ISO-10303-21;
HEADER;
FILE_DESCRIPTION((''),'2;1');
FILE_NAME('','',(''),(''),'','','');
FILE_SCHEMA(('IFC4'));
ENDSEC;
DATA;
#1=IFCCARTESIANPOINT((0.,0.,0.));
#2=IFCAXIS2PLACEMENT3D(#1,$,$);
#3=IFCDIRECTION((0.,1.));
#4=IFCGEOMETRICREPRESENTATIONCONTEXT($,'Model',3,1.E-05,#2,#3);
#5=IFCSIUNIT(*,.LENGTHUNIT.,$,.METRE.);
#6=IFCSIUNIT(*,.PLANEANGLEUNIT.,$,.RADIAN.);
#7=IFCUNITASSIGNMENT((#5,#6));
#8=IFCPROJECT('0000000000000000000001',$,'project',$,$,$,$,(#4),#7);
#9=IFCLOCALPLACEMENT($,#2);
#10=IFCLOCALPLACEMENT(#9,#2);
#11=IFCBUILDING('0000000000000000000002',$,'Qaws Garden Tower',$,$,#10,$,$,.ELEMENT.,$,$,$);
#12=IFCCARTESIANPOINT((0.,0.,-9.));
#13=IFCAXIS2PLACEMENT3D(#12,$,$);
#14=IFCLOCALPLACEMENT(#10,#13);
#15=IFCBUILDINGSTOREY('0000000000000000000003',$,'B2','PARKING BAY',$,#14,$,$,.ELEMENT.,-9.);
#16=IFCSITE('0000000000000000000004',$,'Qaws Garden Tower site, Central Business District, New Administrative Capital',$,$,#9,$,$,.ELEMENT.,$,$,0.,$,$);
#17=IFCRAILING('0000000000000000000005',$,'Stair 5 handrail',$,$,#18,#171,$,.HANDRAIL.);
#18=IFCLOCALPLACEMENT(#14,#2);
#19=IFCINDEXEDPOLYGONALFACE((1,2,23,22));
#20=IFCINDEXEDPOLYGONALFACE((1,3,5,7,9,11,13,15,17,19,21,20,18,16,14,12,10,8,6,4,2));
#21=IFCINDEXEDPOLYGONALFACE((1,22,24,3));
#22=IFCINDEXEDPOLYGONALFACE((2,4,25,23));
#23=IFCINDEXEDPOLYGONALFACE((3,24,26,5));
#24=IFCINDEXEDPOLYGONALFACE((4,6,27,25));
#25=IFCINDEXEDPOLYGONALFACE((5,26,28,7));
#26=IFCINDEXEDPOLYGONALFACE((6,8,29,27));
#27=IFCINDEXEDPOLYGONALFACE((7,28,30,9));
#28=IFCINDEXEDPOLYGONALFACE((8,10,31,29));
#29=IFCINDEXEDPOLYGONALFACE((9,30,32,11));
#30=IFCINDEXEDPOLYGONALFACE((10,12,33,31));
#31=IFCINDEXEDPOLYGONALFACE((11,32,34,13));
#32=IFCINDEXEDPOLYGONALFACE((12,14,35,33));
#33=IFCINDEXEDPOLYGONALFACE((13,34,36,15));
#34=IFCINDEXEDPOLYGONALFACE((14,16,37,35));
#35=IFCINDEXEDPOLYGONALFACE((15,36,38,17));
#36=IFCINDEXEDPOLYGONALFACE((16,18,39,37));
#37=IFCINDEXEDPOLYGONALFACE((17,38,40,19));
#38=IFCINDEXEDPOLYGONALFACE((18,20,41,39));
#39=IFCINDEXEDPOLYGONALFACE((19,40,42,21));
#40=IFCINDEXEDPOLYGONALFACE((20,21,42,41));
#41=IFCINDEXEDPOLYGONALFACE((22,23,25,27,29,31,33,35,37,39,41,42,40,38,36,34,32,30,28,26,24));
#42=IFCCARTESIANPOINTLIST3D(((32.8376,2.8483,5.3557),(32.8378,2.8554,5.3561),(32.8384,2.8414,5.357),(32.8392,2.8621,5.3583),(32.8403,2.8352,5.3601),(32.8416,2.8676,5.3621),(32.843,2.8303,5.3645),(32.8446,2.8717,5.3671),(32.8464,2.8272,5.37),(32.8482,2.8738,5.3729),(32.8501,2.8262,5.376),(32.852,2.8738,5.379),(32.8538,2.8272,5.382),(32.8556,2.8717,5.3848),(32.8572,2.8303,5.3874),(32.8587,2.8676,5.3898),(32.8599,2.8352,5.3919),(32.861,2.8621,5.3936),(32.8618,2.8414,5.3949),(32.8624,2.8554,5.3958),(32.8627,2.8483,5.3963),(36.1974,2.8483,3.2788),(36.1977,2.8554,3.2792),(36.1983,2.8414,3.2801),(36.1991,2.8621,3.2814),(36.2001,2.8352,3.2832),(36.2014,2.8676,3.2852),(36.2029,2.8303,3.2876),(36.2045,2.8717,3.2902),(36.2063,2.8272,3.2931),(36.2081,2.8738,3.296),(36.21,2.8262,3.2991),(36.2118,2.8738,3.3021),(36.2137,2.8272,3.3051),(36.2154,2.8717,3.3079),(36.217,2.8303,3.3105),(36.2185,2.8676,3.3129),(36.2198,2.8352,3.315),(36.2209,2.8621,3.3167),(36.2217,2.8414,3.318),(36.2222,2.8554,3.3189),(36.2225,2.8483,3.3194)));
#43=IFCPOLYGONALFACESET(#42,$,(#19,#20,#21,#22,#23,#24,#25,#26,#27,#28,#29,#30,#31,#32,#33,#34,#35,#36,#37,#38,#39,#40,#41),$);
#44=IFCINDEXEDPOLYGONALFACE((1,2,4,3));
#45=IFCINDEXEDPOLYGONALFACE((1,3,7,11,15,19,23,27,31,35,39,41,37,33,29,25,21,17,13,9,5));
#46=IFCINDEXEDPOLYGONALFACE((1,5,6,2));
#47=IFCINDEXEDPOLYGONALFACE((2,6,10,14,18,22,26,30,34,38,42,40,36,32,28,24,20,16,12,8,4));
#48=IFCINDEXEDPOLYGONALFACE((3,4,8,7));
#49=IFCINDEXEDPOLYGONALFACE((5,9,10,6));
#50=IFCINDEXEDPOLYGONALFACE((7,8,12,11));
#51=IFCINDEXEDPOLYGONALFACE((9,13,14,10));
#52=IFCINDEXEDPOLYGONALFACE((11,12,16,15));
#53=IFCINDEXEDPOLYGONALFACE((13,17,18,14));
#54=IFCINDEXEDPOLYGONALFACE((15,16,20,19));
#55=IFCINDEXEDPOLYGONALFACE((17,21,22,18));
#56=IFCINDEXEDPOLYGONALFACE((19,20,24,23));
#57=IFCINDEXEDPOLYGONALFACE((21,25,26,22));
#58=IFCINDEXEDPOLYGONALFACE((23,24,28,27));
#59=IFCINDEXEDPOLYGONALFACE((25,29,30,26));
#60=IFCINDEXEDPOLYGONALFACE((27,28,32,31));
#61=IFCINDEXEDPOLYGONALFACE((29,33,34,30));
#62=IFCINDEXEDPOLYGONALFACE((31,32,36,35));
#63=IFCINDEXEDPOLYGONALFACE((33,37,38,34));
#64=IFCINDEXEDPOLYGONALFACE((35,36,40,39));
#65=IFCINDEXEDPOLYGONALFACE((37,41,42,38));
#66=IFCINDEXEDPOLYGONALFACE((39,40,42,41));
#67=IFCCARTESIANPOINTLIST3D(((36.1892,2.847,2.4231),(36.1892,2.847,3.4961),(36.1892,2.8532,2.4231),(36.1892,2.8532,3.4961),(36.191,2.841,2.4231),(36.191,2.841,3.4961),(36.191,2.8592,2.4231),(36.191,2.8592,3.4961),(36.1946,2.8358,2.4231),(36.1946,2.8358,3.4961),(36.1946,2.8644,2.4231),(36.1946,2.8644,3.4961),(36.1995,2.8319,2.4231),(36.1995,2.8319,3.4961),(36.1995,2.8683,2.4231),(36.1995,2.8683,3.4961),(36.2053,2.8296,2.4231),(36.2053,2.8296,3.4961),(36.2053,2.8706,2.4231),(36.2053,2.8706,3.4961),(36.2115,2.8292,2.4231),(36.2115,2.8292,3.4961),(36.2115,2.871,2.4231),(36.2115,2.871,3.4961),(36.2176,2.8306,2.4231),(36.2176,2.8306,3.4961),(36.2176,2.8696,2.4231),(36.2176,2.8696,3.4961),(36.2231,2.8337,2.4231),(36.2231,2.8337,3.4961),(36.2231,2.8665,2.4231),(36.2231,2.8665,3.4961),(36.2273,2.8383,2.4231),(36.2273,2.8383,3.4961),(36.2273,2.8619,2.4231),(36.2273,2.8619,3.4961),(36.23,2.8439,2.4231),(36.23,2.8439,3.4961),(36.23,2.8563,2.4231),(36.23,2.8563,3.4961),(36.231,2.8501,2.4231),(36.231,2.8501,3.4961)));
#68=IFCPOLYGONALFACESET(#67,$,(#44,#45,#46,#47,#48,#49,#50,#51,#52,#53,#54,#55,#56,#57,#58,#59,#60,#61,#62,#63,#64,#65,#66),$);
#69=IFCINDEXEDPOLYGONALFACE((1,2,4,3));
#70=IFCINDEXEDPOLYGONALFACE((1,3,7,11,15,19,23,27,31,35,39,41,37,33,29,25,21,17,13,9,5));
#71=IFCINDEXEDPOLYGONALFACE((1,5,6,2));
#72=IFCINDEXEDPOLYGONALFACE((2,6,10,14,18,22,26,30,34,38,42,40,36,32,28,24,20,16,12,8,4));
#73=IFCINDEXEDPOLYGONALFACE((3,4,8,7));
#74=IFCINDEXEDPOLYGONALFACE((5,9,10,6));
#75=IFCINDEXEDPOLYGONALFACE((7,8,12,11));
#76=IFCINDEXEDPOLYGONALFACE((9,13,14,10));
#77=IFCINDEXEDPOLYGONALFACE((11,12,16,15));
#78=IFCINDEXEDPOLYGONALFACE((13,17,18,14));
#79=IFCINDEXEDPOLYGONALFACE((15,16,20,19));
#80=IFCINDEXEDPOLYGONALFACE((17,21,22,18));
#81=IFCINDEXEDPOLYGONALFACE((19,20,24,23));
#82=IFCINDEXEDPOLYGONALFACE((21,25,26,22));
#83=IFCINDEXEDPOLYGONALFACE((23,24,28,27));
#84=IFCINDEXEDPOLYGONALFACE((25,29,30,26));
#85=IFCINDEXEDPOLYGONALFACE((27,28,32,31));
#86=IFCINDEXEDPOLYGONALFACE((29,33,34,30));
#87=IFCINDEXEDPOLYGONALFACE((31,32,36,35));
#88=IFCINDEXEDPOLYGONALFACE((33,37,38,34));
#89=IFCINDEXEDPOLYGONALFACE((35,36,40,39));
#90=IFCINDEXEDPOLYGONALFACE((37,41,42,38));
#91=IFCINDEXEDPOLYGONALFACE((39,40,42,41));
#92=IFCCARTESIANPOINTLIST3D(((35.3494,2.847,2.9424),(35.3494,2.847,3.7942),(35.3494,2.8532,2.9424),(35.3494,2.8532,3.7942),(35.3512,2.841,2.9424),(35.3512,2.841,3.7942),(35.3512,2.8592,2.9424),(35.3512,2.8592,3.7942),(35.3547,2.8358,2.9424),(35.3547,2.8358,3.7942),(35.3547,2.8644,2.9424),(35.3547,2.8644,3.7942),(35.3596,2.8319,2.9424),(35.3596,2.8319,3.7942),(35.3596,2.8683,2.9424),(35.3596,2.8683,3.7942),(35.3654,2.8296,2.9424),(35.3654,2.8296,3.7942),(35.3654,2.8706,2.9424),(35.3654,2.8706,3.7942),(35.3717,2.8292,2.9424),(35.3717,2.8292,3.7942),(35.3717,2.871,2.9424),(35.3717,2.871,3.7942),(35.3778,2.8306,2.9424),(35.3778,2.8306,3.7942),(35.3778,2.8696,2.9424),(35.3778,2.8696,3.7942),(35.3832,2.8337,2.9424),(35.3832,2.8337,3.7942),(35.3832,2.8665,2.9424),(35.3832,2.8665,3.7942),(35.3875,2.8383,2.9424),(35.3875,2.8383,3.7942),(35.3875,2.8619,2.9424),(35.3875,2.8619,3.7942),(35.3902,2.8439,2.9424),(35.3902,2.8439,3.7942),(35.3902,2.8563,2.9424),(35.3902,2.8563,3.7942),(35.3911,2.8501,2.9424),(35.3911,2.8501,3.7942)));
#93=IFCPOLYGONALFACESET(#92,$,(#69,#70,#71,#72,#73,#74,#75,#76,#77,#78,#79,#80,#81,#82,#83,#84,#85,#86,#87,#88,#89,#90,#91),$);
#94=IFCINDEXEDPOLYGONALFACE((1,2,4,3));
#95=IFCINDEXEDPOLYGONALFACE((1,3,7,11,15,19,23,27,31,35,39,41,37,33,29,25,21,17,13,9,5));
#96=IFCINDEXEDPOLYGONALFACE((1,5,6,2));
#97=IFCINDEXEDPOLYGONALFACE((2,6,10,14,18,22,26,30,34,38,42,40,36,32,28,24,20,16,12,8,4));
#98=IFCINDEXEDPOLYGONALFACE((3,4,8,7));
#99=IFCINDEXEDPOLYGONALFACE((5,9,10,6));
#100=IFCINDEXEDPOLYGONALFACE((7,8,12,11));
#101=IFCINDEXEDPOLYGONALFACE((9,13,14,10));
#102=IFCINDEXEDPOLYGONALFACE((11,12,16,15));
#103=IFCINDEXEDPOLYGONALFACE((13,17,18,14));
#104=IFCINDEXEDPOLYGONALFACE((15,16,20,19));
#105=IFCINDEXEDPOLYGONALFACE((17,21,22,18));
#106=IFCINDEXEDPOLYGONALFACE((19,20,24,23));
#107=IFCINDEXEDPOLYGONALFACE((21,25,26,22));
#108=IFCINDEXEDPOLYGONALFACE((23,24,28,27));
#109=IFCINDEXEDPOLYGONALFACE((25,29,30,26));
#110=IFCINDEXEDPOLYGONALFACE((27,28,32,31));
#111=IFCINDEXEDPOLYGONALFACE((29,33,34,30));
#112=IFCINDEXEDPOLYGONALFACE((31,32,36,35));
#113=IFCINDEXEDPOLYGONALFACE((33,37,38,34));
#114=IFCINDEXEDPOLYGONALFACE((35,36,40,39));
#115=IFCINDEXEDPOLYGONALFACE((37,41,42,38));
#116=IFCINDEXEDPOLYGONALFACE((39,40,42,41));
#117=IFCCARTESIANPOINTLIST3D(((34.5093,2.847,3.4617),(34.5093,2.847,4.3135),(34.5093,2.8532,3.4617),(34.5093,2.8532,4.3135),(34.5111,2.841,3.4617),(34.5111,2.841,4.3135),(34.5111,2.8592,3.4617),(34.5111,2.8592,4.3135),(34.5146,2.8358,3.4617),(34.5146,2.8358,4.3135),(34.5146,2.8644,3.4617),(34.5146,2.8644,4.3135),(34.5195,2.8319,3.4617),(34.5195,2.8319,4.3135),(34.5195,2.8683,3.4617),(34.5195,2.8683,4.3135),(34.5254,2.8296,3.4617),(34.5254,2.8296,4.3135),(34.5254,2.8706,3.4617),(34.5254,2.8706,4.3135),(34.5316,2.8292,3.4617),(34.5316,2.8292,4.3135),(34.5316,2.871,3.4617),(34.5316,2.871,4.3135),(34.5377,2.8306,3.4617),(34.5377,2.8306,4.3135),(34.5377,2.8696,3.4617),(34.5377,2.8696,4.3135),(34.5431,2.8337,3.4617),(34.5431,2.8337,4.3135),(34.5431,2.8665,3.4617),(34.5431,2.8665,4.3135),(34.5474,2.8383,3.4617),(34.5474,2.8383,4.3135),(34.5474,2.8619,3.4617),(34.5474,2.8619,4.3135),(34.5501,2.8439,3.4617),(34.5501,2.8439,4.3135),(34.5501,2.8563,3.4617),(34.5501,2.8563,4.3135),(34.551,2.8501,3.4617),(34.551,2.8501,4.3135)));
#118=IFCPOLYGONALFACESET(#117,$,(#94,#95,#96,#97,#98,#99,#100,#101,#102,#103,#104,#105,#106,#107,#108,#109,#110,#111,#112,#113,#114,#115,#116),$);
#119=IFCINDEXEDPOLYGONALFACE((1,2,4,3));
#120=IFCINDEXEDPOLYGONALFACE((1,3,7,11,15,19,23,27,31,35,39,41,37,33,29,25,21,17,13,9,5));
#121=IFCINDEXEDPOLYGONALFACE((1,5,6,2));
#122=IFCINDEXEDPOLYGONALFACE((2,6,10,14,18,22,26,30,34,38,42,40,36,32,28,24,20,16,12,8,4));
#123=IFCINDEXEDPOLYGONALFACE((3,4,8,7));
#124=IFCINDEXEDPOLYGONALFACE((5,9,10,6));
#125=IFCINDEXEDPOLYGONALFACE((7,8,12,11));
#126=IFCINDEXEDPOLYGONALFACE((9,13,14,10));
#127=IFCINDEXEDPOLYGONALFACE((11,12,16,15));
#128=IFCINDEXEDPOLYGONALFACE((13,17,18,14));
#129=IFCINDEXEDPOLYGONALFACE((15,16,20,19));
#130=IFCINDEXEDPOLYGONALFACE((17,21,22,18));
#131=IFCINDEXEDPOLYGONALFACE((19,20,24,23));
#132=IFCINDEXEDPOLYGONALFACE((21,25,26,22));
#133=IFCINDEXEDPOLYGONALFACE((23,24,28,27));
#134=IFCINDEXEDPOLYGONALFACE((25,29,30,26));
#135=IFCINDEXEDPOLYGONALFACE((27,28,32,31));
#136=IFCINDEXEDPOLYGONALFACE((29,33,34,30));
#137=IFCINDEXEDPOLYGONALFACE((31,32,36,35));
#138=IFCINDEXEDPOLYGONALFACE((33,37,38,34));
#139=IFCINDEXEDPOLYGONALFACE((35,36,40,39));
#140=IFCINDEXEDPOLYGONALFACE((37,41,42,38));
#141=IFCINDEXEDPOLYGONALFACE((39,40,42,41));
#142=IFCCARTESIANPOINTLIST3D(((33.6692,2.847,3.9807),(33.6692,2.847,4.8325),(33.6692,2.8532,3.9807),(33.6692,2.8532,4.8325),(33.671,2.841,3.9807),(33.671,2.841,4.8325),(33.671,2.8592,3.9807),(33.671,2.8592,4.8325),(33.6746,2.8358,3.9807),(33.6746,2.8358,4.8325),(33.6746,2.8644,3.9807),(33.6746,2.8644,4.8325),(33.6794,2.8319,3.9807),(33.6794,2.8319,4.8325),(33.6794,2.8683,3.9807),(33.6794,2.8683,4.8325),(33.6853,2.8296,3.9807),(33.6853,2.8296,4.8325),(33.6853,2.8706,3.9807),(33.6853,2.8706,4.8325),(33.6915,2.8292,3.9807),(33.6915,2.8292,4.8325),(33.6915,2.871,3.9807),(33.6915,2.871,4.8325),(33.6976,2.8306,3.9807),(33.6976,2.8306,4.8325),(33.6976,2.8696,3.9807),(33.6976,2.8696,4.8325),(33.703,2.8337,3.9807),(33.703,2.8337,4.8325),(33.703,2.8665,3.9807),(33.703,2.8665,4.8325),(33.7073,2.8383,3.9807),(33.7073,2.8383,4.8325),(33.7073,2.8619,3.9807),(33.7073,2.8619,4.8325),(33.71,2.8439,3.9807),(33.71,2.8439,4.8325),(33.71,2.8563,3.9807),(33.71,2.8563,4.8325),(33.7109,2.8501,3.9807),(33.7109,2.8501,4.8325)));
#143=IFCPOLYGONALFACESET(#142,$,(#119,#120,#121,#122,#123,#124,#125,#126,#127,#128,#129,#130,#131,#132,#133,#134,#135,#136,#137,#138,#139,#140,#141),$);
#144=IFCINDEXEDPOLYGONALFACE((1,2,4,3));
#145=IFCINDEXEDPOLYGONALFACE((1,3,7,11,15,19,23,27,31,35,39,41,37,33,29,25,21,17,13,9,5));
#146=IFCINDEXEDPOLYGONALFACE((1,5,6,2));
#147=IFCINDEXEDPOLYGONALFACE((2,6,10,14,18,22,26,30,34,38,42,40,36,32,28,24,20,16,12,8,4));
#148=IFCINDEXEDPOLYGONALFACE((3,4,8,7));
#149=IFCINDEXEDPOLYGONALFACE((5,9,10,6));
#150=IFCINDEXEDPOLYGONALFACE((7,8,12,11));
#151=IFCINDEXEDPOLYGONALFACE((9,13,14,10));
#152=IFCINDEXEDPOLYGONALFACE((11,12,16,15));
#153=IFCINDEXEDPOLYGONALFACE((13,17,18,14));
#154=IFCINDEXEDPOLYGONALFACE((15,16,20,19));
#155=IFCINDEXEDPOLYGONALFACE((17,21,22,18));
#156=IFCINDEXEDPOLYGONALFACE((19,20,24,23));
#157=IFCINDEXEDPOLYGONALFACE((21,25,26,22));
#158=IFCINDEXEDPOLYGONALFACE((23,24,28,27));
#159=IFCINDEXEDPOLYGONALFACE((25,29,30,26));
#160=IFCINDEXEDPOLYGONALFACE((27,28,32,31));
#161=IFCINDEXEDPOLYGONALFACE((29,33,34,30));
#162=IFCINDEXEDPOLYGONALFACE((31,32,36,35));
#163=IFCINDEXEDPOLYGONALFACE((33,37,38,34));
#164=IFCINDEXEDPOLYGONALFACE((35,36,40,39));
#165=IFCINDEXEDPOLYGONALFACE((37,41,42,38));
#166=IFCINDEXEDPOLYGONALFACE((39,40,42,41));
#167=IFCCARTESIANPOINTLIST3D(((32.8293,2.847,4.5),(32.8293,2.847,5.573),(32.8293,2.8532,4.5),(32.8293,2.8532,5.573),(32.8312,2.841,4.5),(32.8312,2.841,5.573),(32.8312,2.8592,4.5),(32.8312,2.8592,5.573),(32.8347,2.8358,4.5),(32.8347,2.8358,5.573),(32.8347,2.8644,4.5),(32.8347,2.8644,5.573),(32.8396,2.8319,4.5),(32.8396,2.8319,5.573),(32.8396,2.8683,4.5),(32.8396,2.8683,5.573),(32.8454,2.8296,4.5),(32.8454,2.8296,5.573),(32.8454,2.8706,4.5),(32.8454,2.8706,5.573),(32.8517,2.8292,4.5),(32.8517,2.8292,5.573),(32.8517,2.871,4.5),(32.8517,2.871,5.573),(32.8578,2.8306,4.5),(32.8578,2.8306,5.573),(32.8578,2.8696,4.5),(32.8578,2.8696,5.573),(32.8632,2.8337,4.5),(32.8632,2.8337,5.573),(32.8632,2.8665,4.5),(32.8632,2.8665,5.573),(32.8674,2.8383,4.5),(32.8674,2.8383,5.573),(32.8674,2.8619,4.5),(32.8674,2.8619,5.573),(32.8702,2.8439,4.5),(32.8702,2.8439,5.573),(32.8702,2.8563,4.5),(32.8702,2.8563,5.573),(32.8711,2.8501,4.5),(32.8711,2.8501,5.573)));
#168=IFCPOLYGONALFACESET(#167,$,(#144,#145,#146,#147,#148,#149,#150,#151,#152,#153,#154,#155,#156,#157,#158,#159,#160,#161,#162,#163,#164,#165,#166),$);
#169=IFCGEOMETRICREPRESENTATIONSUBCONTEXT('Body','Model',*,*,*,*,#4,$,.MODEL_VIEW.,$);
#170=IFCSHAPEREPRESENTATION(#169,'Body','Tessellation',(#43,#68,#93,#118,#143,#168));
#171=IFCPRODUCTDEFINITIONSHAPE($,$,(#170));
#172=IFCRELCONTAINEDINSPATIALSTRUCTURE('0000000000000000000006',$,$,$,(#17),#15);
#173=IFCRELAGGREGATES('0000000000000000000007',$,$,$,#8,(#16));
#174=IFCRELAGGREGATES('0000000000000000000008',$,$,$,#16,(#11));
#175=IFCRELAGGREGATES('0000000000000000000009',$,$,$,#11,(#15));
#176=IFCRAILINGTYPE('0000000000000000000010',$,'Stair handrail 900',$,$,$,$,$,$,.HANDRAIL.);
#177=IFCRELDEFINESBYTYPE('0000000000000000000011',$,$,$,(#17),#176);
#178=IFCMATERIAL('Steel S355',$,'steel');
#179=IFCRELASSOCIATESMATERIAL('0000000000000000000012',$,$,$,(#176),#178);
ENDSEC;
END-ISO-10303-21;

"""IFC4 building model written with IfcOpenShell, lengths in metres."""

from ifc_helpers import new_model, si_unit, direction, frame, origin, origin_2d, place, context, subcontext, project, spatial, circle, extrude, material, type_object, element, save


model = new_model("IFC4")

# Units and contexts
model_context = context("Model", 3, precision=1e-05, world=origin(), true_north=direction((0.0, 1.0)))
body_context = subcontext(model_context, "Body", "Model", "MODEL_VIEW")
ifc_project = project(units=[si_unit("LENGTHUNIT", "METRE"), si_unit("PLANEANGLEUNIT", "RADIAN")], contexts=[model_context])

# Site, building, storey
site_placement = place(None, origin())
site = spatial("IfcSite", under=ifc_project, at=site_placement, Name="Qaws Garden Tower site, Central Business District, New Administrative Capital", CompositionType="ELEMENT", RefElevation=0.0)
building_placement = place(site_placement, origin())
building = spatial("IfcBuilding", under=site, at=building_placement, Name="Qaws Garden Tower", CompositionType="ELEMENT")
storey_placement = place(building_placement, frame((0.0, 0.0, -9.0)))
storey = spatial("IfcBuildingStorey", under=building, at=storey_placement, Name="B2", Description="PARKING BAY", CompositionType="ELEMENT", Elevation=-9.0)

# Railing
ifc_material_1 = material(Name="Steel S355", Category="steel")
railing_type_1 = type_object("IfcRailingType", Name="Stair handrail 900", PredefinedType="HANDRAIL", material=ifc_material_1)
railing_1_placement = place(storey_placement, frame((36.21, 2.8501, 2.4231)))
element("IfcRailing", 1, at=railing_1_placement, inside=storey, type_object=railing_type_1, Name="Stair 5 handrail", PredefinedType="HANDRAIL", context=body_context, shape_type="SweptSolid", body=[
    extrude(circle(Radius=0.0239, at=origin_2d()), frame((0.0, 0.0, 0.876), z_axis=(-0.850606, 0.0, 0.525803), x_axis=(0.0, -1.0, 0.0)), (0.0, 0.0, 1.0), 3.95),
    extrude(circle(Radius=0.021, at=origin_2d()), origin(), (0.0, 0.0, 1.0), 1.073),
    extrude(circle(Radius=0.021, at=origin_2d()), frame((-0.8398, 0.0, 0.5193)), (0.0, 0.0, 1.0), 0.8518),
    extrude(circle(Radius=0.021, at=origin_2d()), frame((-1.6799, 0.0, 1.0386)), (0.0, 0.0, 1.0), 0.8518),
    extrude(circle(Radius=0.021, at=origin_2d()), frame((-2.52, 0.0, 1.5576)), (0.0, 0.0, 1.0), 0.8518),
    extrude(circle(Radius=0.021, at=origin_2d()), frame((-3.3599, 0.0, 2.0769)), (0.0, 0.0, 1.0), 1.073),
])

save(model, "model.ifc")
